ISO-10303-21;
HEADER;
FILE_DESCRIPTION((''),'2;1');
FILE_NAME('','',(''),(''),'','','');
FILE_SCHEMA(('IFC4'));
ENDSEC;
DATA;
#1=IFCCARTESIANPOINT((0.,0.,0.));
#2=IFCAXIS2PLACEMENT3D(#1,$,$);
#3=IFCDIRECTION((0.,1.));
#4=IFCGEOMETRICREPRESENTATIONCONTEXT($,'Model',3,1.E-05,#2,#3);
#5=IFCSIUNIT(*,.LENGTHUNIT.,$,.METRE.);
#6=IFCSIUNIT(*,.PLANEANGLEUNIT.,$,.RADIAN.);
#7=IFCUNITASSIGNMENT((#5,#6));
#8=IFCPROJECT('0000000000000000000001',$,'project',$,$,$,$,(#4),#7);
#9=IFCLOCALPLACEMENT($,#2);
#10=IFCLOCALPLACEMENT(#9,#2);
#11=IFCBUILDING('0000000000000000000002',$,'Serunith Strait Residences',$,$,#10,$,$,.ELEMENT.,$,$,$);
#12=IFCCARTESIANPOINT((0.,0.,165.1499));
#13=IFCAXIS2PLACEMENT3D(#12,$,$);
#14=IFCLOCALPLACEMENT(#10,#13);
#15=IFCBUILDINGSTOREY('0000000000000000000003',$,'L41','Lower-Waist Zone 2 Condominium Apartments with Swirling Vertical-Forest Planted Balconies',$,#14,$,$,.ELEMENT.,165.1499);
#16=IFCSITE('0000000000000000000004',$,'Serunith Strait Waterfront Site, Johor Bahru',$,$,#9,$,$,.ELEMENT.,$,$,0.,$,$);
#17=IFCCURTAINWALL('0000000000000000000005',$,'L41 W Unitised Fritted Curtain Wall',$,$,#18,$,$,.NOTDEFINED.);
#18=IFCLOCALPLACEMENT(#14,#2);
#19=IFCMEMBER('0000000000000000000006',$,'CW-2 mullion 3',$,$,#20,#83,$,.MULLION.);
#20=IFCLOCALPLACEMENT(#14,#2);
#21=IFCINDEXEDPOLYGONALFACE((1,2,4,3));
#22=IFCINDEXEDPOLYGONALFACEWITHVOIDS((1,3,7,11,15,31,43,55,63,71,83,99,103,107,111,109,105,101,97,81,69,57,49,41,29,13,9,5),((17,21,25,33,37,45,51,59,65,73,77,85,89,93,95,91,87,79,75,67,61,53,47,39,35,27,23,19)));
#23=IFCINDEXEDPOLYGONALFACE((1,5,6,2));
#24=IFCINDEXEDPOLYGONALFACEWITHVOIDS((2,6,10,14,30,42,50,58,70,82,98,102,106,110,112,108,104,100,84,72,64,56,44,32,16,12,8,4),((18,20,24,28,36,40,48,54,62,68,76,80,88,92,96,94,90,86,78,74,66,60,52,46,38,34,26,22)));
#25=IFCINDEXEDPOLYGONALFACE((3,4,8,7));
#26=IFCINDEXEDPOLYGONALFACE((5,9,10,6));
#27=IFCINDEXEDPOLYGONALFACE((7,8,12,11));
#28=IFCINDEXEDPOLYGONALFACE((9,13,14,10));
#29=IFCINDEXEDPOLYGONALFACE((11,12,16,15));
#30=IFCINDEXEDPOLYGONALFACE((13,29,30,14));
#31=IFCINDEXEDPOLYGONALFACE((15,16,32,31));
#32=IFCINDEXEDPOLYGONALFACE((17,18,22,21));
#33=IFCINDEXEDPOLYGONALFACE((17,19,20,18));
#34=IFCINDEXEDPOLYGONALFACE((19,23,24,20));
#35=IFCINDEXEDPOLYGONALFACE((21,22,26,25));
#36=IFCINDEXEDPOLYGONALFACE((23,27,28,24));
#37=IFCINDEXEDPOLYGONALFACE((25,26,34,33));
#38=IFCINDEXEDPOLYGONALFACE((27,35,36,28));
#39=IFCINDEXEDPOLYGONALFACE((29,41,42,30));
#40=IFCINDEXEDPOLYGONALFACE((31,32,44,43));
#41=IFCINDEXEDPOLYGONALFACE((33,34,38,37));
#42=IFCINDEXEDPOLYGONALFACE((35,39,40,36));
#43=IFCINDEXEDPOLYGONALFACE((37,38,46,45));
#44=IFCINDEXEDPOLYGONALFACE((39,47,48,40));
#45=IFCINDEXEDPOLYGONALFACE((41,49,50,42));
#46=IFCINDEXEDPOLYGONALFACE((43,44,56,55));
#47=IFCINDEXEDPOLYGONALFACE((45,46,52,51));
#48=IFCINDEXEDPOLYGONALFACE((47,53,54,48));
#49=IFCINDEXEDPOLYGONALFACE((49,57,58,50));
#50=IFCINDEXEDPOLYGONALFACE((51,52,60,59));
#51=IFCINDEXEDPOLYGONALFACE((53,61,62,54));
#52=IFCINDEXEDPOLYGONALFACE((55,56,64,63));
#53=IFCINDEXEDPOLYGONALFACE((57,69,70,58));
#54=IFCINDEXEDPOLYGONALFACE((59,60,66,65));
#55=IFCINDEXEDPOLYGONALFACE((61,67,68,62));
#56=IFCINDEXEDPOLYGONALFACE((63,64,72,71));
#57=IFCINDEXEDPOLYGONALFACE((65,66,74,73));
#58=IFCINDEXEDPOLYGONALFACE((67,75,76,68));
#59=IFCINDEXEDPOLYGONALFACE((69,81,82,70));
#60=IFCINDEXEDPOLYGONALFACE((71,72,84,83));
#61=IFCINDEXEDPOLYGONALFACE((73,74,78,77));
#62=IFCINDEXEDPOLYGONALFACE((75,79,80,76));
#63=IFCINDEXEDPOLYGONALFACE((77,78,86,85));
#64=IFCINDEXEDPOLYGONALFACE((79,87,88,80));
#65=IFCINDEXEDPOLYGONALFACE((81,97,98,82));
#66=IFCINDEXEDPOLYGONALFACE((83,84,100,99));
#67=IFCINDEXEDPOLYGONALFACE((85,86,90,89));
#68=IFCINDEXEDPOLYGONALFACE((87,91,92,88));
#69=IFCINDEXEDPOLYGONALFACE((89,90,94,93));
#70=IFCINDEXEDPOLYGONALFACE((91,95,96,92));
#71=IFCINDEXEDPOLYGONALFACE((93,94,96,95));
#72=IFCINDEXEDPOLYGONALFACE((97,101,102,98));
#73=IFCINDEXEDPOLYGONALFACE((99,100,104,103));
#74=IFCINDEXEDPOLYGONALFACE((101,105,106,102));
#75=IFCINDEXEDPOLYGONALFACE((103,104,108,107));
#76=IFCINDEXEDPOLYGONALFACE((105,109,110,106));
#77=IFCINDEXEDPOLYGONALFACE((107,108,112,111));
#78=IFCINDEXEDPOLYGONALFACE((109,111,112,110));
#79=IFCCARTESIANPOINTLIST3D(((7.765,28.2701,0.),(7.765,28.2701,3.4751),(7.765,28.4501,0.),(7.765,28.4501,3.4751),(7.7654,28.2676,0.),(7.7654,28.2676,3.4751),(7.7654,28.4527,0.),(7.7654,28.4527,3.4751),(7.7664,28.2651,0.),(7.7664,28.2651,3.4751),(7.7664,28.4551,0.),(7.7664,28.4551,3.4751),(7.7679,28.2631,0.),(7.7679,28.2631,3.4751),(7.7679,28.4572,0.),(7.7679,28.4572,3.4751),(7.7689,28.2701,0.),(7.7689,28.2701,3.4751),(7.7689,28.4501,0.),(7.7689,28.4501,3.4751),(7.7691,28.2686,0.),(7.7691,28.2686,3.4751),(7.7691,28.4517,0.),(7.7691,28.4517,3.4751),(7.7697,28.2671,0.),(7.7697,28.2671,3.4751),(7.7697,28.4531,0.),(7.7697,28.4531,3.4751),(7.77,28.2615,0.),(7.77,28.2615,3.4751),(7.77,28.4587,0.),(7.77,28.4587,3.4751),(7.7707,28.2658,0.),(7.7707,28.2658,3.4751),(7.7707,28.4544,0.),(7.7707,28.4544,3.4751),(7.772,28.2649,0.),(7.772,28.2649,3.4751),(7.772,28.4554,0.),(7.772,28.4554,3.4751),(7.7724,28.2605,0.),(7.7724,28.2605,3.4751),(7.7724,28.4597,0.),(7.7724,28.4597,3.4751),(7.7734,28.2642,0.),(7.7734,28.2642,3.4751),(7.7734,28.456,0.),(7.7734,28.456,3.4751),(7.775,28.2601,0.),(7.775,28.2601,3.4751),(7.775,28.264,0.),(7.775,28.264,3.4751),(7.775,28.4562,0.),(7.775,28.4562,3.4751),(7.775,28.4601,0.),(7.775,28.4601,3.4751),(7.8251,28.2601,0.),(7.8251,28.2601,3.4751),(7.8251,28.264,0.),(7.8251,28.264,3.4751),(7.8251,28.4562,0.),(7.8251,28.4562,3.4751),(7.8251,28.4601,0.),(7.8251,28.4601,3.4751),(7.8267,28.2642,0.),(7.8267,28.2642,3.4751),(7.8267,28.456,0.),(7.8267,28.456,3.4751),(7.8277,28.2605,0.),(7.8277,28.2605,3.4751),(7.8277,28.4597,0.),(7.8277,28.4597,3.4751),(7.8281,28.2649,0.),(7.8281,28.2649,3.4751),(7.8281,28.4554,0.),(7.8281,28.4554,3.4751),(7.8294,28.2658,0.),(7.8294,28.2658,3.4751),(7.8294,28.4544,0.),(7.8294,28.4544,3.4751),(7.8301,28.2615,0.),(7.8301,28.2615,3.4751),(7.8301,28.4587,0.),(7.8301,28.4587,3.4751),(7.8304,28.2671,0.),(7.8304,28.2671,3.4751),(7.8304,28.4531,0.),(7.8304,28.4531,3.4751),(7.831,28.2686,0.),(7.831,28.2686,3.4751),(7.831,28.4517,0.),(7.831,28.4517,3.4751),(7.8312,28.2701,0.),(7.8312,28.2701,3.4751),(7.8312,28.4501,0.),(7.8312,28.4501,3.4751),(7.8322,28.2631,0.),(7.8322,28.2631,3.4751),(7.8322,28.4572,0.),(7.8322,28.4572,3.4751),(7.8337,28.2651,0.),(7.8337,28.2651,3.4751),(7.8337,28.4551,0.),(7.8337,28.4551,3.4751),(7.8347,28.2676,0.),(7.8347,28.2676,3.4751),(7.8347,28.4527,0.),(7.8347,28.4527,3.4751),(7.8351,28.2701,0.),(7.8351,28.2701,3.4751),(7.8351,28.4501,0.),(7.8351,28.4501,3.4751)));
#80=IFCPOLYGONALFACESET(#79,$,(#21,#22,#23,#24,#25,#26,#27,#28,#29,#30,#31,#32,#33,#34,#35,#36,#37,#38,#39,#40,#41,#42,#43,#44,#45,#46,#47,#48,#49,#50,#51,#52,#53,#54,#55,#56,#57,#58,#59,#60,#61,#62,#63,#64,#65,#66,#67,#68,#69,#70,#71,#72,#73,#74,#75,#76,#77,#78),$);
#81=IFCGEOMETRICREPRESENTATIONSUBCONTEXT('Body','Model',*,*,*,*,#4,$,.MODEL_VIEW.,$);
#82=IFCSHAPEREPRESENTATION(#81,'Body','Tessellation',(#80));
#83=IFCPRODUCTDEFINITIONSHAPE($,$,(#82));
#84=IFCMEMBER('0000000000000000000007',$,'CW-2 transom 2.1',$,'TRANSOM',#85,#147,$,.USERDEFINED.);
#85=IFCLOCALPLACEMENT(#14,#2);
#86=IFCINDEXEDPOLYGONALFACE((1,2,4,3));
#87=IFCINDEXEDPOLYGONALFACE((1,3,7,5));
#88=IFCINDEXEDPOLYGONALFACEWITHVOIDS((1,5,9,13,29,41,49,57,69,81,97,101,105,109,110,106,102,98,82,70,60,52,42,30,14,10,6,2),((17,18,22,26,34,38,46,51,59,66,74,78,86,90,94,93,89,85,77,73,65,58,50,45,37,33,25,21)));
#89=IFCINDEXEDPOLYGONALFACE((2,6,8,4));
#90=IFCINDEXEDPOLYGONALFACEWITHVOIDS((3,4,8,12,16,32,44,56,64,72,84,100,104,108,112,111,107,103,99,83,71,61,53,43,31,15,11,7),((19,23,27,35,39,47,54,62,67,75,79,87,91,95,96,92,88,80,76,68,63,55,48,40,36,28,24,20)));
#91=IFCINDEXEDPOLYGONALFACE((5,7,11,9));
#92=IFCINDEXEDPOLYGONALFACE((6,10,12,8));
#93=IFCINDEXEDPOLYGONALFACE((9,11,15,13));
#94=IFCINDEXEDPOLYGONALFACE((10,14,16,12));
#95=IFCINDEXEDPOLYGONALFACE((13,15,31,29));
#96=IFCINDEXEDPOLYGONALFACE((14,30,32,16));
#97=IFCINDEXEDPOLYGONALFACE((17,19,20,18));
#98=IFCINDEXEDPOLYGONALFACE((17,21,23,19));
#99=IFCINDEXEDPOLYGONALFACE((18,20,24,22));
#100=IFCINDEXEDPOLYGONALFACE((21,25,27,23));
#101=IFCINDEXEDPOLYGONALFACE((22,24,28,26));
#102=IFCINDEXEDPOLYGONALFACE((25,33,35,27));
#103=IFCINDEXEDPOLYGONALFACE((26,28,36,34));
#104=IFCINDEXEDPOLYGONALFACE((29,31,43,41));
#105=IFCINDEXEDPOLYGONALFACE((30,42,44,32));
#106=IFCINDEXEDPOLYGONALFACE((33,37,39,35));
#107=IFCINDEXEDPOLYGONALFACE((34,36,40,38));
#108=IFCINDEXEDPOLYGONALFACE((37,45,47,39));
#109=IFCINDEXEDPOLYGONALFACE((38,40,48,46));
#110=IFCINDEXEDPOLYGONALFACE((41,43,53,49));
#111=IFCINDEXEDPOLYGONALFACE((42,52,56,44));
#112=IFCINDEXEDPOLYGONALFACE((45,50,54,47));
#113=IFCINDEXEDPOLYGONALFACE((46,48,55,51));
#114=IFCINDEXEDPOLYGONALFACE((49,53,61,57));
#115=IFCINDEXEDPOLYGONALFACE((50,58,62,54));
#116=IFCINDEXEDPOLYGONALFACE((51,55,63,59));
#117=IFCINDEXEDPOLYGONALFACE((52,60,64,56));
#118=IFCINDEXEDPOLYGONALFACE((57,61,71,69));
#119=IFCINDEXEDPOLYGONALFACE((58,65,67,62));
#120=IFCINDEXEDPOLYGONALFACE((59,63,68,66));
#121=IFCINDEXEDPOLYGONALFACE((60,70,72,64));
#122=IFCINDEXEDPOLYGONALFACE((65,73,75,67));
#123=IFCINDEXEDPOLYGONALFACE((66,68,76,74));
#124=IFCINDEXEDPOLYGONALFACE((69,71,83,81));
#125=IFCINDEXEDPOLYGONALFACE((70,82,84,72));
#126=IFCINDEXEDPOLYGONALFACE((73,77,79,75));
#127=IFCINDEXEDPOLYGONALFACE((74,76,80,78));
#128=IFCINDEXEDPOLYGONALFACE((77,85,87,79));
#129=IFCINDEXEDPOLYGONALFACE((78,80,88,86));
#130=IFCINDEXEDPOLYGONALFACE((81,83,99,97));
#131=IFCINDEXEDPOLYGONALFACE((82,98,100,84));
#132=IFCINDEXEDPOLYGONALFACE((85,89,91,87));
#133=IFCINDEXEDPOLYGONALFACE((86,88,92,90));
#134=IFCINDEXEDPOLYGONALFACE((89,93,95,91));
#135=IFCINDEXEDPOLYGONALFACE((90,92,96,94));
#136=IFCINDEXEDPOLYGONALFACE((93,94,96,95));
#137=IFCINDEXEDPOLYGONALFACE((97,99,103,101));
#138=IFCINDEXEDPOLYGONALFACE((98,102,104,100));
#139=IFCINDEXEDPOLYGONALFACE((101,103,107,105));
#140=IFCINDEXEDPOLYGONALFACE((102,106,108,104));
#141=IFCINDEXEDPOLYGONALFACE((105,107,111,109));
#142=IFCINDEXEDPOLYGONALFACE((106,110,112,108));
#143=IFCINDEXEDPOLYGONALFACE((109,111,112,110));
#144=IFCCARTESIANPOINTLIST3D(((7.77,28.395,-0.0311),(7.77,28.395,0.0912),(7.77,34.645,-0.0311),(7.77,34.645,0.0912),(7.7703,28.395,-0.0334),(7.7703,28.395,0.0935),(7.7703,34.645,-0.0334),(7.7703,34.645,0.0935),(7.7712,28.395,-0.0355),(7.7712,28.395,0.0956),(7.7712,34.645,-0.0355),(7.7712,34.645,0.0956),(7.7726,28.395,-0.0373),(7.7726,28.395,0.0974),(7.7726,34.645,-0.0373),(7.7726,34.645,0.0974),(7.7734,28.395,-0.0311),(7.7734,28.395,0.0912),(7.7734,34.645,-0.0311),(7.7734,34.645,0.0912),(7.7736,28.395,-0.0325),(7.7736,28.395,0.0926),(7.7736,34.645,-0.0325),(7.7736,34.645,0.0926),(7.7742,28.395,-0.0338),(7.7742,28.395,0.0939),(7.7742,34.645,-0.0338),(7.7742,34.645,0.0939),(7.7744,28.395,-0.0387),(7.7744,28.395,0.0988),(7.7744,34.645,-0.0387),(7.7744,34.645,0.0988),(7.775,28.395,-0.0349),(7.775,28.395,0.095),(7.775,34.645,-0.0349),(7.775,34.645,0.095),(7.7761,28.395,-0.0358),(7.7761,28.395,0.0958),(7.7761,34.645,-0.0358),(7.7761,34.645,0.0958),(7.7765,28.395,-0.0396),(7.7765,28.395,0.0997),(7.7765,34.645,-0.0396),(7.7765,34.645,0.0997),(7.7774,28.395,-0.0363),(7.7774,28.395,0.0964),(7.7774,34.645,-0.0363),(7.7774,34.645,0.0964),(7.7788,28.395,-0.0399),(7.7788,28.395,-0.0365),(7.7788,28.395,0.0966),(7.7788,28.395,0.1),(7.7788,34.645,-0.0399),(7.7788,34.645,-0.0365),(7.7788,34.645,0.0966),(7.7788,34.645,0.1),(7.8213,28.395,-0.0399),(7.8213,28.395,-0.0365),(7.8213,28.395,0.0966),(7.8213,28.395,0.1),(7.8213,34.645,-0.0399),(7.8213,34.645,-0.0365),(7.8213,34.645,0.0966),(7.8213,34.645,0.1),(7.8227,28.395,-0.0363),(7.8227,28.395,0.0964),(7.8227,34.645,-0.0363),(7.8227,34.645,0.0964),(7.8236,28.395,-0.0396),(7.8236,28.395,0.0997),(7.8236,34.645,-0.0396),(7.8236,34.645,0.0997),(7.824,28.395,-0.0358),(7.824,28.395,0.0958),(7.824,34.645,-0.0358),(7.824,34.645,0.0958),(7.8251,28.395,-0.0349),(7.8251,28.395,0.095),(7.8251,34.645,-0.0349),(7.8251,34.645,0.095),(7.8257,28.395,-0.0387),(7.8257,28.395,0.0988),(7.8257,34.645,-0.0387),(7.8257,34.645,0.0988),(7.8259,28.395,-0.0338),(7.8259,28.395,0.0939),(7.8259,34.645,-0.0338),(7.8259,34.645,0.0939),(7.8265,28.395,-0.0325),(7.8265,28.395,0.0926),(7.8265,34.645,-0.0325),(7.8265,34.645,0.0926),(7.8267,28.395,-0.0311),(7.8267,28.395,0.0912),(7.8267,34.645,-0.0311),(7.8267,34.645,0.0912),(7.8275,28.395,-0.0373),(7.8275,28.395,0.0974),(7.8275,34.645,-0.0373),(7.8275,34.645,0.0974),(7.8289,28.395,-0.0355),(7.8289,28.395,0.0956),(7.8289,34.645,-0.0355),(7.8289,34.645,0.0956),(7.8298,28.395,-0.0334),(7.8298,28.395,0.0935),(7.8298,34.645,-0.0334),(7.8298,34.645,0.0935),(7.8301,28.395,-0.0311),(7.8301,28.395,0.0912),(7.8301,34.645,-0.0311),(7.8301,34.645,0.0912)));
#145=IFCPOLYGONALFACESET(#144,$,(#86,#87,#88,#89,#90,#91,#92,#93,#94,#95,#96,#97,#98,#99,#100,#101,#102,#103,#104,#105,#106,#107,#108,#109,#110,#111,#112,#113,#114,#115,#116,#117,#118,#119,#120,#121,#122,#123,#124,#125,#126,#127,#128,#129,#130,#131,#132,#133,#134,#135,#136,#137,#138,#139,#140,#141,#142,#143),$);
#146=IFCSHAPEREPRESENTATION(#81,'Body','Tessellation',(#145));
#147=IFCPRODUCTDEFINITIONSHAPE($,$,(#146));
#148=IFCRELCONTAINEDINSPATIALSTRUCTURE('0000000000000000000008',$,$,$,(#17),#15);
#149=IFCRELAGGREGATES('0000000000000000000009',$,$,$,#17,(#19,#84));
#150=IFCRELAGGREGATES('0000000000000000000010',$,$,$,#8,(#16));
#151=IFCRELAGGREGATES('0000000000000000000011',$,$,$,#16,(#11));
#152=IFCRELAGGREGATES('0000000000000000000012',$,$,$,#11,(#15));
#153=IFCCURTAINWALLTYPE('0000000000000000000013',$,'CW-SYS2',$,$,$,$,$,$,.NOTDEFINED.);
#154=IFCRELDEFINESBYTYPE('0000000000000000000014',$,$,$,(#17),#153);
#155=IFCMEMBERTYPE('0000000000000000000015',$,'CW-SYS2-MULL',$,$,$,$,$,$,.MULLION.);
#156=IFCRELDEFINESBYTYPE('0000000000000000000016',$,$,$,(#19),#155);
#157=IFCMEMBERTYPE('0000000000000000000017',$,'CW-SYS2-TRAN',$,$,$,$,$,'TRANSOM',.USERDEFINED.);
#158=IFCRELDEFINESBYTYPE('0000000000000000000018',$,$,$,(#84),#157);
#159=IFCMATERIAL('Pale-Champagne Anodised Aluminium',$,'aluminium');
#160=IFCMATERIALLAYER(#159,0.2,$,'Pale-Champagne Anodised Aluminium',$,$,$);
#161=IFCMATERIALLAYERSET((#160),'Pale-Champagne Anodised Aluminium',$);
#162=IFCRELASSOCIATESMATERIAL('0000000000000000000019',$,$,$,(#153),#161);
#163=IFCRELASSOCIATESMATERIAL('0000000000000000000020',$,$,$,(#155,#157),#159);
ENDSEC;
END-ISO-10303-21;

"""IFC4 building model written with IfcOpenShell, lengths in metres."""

from ifc_helpers import new_model, si_unit, direction, frame, origin, origin_2d, place, context, subcontext, project, spatial, hollow_rectangle, extrude, source, transform, mapped, material, layer, layer_set, material_profile, profile_set, type_object, element, aggregate, save


model = new_model("IFC4")

# Units and contexts
model_context = context("Model", 3, precision=1e-05, world=origin(), true_north=direction((0.0, 1.0)))
body_context = subcontext(model_context, "Body", "Model", "MODEL_VIEW")
ifc_project = project(units=[si_unit("LENGTHUNIT", "METRE"), si_unit("PLANEANGLEUNIT", "RADIAN")], contexts=[model_context])

# Site, building, storey
site_placement = place(None, origin())
site = spatial("IfcSite", under=ifc_project, at=site_placement, Name="Serunith Strait Waterfront Site, Johor Bahru", CompositionType="ELEMENT", RefElevation=0.0)
building_placement = place(site_placement, origin())
building = spatial("IfcBuilding", under=site, at=building_placement, Name="Serunith Strait Residences", CompositionType="ELEMENT")
storey_placement = place(building_placement, frame((0.0, 0.0, 165.1499)))
storey = spatial("IfcBuildingStorey", under=building, at=storey_placement, Name="L41", Description="Lower-Waist Zone 2 Condominium Apartments with Swirling Vertical-Forest Planted Balconies", CompositionType="ELEMENT", Elevation=165.1499)

# Curtain wall, members
ifc_material_1 = material(Name="Pale-Champagne Anodised Aluminium", Category="aluminium")
ifc_layer_1 = layer(ifc_material_1, 0.2, Name="Pale-Champagne Anodised Aluminium")
ifc_layer_set_1 = layer_set([ifc_layer_1], Name="Pale-Champagne Anodised Aluminium")
curtain_wall_type = type_object("IfcCurtainWallType", Name="CW-SYS2", PredefinedType="NOTDEFINED", material=ifc_layer_set_1)
curtain_wall_placement = place(storey_placement, origin())
curtain_wall = element("IfcCurtainWall", 1, at=curtain_wall_placement, inside=storey, type_object=curtain_wall_type, Name="L41 W Unitised Fritted Curtain Wall", PredefinedType="NOTDEFINED")
ifc_material_profile_1 = material_profile(ifc_material_1, hollow_rectangle(XDim=0.0701, YDim=0.2, WallThickness=0.0039, InnerFilletRadius=0.0061, OuterFilletRadius=0.01, at=origin_2d()), Name="ALU 200x70x4")
ifc_profile_set_1 = profile_set([ifc_material_profile_1], Name="Pale-Champagne Anodised Aluminium")
member_type_1 = type_object("IfcMemberType", Name="CW-SYS2-MULL", PredefinedType="MULLION", material=ifc_profile_set_1)
shared_shape_1 = source(origin(), body_context, "Body", "SweptSolid", [
    extrude(hollow_rectangle(XDim=0.0701, YDim=0.2, WallThickness=0.0039, InnerFilletRadius=0.0061, OuterFilletRadius=0.01, at=origin_2d()), origin(), (0.0, 0.0, 1.0), 3.4751),
])
member_1_placement = place(storey_placement, frame((7.8, 28.3601, 0.0), z_axis=(0.0, 0.0, 1.0), x_axis=(1.0, 0.0, 0.0)))
member_1 = element("IfcMember", 2, at=member_1_placement, type_object=member_type_1, Name="CW-2 mullion 3", PredefinedType="MULLION", context=body_context, shape_type="MappedRepresentation", body=[
    mapped(shared_shape_1, transform((0.0, 0.0, 0.0), scale=1.0)),
])
ifc_material_profile_2 = material_profile(ifc_material_1, hollow_rectangle(XDim=0.0601, YDim=0.1399, WallThickness=0.0034, InnerFilletRadius=0.0054, OuterFilletRadius=0.0088, at=origin_2d()), Name="ALU 140x60x3.5")
ifc_profile_set_2 = profile_set([ifc_material_profile_2], Name="Pale-Champagne Anodised Aluminium")
member_type_2 = type_object("IfcMemberType", Name="CW-SYS2-TRAN", ElementType="TRANSOM", PredefinedType="USERDEFINED", material=ifc_profile_set_2)
shared_shape_2 = source(origin(), body_context, "Body", "SweptSolid", [
    extrude(hollow_rectangle(XDim=0.0601, YDim=0.1399, WallThickness=0.0034, InnerFilletRadius=0.0054, OuterFilletRadius=0.0088, at=origin_2d()), origin(), (0.0, 0.0, 1.0), 6.25),
])
member_2_placement = place(storey_placement, frame((7.8, 34.645, 0.03), z_axis=(0.0, -1.0, 0.0), x_axis=(1.0, 0.0, 0.0)))
member_2 = element("IfcMember", 3, at=member_2_placement, type_object=member_type_2, Name="CW-2 transom 2.1", ObjectType="TRANSOM", PredefinedType="USERDEFINED", context=body_context, shape_type="MappedRepresentation", body=[
    mapped(shared_shape_2, transform((0.0, 0.0, 0.0), scale=1.0)),
])
aggregate(curtain_wall, [member_1, member_2])

save(model, "model.ifc")
